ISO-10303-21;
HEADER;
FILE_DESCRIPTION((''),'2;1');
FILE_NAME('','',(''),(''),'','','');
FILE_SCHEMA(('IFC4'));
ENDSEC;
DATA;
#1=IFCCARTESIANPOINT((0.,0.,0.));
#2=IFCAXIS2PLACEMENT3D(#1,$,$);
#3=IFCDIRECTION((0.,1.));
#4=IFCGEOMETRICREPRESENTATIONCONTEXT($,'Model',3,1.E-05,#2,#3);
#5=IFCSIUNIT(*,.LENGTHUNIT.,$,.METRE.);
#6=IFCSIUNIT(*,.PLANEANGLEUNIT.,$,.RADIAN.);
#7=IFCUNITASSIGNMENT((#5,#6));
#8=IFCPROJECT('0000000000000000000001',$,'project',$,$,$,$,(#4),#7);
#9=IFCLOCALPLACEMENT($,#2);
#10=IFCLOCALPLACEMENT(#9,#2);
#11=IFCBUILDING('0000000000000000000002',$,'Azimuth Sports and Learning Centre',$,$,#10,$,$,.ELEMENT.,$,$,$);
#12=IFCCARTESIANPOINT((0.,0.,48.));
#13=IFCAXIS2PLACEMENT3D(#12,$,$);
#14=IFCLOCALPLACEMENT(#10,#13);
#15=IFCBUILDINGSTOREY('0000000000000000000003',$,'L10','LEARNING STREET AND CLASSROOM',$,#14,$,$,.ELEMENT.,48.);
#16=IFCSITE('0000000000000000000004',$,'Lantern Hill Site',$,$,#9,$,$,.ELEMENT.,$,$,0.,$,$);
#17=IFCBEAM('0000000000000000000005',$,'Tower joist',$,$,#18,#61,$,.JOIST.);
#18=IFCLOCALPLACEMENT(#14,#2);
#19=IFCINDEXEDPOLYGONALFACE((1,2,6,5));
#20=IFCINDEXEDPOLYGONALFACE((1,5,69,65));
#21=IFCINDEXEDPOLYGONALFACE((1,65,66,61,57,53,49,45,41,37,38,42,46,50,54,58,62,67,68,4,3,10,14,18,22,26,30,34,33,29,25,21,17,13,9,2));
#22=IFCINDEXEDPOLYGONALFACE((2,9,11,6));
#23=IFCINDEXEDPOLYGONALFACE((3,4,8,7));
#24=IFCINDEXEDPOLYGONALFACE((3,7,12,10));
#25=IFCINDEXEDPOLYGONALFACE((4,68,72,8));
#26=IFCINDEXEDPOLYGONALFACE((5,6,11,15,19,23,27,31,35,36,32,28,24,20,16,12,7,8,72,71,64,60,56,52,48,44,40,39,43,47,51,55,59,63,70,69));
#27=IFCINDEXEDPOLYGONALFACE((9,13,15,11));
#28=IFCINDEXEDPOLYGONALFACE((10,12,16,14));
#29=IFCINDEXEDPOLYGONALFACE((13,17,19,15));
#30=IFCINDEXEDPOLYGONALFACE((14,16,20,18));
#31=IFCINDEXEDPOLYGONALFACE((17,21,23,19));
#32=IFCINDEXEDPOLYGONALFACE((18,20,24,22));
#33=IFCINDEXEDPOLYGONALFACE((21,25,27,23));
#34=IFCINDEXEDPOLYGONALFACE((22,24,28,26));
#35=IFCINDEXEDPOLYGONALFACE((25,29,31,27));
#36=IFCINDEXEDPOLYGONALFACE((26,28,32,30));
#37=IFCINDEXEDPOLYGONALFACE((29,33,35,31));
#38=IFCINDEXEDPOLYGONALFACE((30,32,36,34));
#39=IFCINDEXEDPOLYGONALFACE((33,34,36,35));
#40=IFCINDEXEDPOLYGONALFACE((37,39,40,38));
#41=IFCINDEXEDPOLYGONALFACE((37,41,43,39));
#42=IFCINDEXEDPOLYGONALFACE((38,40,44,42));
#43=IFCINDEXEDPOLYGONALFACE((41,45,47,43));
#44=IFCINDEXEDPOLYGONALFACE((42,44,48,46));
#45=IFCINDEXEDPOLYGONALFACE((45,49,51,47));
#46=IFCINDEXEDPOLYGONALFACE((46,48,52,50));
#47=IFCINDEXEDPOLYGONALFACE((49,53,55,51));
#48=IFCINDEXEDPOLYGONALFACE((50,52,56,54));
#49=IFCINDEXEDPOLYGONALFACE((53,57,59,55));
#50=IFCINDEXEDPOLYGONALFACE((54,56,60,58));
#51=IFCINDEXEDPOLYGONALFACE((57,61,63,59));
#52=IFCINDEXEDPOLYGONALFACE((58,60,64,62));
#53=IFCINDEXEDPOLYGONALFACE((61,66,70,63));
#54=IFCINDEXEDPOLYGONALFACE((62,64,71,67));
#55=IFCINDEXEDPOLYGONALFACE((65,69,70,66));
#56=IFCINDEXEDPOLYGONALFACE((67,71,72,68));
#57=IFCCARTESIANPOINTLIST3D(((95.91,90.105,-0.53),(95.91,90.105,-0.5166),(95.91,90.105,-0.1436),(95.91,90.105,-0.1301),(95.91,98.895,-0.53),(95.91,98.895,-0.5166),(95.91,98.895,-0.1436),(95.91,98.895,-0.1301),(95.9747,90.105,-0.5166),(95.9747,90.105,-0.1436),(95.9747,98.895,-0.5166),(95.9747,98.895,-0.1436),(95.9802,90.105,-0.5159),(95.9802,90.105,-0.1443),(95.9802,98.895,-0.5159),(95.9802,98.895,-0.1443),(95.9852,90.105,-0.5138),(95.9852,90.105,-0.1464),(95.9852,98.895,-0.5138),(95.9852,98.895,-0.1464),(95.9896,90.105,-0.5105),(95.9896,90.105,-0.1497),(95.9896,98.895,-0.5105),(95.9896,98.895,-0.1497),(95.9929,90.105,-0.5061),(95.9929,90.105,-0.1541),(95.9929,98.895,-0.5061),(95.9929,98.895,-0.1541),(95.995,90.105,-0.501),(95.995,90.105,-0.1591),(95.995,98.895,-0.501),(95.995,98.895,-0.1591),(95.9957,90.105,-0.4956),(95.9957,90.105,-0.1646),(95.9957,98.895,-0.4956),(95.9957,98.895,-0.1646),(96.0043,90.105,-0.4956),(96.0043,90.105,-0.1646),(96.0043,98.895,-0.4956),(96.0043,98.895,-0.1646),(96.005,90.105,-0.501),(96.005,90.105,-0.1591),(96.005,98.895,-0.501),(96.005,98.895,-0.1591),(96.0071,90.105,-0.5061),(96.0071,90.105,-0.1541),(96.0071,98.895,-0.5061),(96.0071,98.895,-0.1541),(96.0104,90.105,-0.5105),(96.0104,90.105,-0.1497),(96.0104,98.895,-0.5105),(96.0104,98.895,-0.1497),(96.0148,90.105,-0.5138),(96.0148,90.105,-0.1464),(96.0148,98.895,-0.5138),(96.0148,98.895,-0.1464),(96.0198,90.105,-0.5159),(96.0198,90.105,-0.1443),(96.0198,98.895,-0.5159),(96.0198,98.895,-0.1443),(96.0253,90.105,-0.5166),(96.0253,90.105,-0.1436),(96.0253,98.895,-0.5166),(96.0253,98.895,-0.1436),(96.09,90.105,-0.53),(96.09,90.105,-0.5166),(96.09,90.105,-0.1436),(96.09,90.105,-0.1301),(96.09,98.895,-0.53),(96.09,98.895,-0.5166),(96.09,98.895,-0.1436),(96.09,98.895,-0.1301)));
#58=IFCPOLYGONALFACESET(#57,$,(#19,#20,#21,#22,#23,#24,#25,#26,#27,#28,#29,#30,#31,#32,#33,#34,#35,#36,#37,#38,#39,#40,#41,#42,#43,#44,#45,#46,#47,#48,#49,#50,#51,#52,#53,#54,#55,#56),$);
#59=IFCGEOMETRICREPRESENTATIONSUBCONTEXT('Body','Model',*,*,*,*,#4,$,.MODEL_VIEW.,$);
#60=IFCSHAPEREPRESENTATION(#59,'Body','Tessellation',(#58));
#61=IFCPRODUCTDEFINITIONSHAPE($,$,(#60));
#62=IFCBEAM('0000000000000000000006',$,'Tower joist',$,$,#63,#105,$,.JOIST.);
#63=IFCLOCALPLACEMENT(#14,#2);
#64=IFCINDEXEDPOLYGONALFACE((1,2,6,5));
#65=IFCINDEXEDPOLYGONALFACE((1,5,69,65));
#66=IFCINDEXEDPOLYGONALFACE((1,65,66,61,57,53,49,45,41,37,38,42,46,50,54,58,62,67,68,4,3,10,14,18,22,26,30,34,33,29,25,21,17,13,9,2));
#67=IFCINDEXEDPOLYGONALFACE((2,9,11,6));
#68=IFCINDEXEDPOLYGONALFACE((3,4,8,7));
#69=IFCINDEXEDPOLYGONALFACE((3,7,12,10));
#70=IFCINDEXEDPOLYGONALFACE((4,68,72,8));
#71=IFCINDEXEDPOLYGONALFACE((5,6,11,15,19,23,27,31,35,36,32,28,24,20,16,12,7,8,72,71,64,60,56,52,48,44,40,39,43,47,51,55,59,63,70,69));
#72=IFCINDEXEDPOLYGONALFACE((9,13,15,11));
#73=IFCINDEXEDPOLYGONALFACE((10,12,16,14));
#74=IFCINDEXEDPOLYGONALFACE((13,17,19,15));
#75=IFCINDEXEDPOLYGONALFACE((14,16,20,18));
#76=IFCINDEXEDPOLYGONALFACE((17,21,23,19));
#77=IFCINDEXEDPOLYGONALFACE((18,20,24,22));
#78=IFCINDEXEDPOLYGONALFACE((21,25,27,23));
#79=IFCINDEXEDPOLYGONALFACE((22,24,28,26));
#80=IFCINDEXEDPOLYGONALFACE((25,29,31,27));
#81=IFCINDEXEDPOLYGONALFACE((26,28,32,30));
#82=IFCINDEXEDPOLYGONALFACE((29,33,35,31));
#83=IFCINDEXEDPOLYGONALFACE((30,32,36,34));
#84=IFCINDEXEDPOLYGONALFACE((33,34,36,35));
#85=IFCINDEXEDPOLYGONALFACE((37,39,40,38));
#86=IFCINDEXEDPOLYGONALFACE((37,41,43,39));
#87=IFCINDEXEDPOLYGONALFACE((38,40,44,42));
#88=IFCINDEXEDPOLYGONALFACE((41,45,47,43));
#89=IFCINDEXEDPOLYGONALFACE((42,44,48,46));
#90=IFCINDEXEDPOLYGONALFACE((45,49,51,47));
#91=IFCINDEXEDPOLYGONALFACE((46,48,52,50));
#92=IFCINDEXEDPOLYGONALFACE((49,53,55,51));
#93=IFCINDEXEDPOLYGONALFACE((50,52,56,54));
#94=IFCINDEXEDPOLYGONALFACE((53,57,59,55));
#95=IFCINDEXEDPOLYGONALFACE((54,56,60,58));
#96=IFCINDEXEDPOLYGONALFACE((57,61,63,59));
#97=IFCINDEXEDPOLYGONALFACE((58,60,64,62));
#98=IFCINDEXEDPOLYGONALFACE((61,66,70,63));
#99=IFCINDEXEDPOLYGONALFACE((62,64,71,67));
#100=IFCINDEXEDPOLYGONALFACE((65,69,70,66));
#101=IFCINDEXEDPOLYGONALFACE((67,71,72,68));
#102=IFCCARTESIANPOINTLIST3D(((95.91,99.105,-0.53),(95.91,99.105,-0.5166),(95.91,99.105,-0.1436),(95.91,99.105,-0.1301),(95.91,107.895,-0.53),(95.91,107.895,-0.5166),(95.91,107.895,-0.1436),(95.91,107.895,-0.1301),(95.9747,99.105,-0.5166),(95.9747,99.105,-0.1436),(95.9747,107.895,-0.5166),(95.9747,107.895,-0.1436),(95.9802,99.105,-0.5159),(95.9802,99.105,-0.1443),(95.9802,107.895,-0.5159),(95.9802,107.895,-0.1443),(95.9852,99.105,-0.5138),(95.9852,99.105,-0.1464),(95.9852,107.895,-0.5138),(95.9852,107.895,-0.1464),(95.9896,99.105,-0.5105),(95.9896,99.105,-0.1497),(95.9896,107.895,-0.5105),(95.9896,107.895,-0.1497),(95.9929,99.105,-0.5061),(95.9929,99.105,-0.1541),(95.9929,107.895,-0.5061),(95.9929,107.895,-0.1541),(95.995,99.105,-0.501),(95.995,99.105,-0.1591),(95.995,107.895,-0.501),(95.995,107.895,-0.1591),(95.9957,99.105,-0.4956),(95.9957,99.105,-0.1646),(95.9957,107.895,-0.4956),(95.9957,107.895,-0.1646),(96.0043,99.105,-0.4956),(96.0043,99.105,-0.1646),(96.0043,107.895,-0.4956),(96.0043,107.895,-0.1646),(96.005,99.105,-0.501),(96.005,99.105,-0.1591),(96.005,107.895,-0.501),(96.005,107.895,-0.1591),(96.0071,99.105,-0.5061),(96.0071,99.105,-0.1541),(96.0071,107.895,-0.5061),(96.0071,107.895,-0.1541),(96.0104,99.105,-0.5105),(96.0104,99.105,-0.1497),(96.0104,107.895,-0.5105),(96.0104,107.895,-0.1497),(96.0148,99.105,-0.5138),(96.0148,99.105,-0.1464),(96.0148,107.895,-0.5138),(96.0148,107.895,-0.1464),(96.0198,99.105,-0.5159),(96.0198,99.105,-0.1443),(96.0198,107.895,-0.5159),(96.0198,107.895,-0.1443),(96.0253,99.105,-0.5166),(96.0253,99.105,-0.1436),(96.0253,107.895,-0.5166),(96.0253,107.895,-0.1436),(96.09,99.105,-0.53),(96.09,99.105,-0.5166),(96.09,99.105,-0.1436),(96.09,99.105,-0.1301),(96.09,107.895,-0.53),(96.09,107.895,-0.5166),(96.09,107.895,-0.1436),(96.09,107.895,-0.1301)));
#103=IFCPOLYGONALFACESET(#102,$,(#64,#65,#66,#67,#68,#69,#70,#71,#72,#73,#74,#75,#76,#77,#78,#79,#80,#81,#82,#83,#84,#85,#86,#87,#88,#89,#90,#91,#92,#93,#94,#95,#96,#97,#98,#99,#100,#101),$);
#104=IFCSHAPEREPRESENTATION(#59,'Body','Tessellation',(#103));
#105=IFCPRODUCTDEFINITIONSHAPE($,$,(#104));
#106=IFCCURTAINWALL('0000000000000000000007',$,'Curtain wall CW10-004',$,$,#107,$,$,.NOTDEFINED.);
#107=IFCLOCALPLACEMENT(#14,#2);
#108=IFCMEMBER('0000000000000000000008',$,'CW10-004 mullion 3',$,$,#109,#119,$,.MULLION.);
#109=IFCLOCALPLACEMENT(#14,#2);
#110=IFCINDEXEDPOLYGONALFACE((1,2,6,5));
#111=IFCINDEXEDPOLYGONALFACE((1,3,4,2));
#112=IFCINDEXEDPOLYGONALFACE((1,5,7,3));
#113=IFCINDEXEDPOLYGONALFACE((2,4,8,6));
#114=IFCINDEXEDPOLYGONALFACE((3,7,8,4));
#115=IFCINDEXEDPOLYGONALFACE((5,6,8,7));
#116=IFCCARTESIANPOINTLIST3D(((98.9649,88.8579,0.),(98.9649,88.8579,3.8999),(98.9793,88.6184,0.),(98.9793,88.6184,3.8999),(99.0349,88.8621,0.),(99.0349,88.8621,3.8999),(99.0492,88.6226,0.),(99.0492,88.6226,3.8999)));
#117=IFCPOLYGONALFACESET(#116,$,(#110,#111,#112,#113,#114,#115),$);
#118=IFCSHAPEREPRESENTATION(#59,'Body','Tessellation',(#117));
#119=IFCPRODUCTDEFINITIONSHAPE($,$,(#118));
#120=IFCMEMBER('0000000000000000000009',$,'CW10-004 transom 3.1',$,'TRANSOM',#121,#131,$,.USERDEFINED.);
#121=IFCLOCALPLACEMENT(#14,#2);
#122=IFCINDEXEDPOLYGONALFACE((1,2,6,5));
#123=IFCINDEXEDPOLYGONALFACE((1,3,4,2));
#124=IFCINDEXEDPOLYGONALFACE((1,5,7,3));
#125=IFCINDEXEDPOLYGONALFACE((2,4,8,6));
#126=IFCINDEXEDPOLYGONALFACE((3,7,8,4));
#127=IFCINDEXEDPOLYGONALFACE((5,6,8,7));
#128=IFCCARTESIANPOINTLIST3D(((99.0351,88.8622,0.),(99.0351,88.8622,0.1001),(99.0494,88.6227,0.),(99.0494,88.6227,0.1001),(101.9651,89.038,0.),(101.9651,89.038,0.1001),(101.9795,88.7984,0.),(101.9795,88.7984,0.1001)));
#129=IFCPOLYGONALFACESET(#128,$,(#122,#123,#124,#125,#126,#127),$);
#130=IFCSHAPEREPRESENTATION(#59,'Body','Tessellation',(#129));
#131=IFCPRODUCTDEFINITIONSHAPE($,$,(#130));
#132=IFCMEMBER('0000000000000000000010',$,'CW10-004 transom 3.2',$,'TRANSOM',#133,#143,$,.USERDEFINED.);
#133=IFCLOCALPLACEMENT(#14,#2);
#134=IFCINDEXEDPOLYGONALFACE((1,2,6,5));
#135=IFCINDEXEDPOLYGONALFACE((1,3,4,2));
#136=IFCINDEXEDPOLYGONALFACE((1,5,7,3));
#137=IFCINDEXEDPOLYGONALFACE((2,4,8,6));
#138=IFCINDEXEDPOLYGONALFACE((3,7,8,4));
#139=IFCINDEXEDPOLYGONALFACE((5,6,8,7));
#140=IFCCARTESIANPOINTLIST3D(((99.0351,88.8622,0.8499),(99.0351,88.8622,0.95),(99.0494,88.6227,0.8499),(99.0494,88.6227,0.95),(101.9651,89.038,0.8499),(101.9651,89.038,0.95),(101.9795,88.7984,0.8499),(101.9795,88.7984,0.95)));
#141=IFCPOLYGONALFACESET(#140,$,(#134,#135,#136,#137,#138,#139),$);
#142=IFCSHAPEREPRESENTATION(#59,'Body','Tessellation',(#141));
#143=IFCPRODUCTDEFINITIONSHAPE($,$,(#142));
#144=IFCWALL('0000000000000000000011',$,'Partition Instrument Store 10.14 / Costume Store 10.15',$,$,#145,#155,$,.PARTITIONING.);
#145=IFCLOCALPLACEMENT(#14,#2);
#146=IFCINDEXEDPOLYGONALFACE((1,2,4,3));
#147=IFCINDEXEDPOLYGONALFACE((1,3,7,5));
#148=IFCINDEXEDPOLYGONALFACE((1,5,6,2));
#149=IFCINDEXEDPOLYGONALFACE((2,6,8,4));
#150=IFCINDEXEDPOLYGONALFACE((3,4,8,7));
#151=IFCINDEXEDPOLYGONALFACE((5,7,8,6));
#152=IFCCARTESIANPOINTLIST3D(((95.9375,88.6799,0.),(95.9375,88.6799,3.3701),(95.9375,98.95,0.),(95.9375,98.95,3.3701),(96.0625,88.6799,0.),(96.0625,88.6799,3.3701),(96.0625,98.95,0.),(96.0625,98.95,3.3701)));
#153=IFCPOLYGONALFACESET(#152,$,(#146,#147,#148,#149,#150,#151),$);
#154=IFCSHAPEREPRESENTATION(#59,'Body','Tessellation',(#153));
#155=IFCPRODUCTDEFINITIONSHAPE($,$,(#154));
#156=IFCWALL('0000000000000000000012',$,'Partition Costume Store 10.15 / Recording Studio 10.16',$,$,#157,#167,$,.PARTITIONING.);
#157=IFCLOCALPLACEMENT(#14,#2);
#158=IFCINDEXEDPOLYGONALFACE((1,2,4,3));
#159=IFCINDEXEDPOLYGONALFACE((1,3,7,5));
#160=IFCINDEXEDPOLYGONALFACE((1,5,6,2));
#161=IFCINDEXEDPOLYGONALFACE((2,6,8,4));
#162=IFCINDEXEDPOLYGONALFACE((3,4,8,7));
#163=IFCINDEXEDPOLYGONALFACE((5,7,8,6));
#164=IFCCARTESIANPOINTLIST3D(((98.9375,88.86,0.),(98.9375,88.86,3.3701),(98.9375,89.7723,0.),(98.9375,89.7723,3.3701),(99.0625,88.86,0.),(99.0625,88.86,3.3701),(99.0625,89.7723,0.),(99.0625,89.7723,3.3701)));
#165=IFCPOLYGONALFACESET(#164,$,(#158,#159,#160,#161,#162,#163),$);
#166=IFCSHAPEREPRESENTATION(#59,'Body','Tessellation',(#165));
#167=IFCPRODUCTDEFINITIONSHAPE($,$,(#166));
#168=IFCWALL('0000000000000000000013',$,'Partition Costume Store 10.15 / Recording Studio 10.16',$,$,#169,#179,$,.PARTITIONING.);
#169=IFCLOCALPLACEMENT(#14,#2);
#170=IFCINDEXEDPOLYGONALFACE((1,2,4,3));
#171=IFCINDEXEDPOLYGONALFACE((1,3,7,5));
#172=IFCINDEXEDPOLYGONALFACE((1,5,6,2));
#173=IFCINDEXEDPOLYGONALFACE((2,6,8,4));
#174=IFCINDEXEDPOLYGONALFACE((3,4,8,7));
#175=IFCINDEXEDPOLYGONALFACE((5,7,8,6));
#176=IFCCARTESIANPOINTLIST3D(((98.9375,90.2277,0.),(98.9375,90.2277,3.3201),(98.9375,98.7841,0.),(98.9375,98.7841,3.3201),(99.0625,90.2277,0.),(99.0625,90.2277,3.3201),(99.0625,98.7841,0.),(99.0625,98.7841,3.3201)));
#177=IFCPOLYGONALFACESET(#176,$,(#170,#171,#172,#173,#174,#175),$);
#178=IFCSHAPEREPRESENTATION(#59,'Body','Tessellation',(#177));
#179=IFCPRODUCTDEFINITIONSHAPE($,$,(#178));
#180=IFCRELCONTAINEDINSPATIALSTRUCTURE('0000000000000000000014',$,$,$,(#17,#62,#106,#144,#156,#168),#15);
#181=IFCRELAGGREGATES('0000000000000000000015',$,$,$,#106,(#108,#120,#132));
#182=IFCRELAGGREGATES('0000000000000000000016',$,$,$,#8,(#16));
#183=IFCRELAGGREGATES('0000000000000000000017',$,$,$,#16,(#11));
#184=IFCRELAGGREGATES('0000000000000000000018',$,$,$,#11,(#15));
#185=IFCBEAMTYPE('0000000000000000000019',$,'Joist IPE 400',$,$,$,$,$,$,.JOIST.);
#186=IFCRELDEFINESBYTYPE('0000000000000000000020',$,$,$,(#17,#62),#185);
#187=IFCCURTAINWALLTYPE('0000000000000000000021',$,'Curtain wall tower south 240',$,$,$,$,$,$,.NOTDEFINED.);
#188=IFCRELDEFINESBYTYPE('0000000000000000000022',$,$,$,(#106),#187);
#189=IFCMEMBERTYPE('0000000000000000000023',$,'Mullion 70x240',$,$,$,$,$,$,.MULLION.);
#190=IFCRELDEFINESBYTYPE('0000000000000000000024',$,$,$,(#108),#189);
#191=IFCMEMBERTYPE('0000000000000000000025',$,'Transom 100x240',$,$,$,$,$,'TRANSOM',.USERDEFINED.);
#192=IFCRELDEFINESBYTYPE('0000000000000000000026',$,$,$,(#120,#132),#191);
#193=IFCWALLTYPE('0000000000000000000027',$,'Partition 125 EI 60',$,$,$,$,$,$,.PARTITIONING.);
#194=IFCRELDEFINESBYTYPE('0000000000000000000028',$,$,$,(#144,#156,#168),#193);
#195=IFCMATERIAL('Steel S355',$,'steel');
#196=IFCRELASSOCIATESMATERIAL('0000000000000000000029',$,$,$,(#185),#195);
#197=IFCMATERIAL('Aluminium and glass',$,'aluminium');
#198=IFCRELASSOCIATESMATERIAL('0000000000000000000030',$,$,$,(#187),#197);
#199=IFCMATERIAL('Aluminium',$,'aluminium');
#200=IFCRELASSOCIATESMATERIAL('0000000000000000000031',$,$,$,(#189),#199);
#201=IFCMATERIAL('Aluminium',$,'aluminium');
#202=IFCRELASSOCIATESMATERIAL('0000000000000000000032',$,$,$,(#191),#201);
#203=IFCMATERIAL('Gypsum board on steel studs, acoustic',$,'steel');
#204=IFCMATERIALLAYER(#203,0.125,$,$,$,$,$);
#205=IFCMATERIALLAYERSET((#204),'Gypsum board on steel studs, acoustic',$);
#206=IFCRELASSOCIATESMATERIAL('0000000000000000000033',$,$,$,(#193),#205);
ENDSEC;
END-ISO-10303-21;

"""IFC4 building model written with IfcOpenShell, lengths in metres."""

from ifc_helpers import new_model, si_unit, direction, frame, frame_2d, origin, origin_2d, place, context, subcontext, project, spatial, rectangle, i_section, extrude, material, layer, layer_set, material_profile, profile_set, type_object, element, aggregate, save


model = new_model("IFC4")

# Units and contexts
model_context = context("Model", 3, precision=1e-05, world=origin(), true_north=direction((0.0, 1.0)))
body_context = subcontext(model_context, "Body", "Model", "MODEL_VIEW")
ifc_project = project(units=[si_unit("LENGTHUNIT", "METRE"), si_unit("PLANEANGLEUNIT", "RADIAN")], contexts=[model_context])

# Site, building, storey
site_placement = place(None, origin())
site = spatial("IfcSite", under=ifc_project, at=site_placement, Name="Lantern Hill Site", CompositionType="ELEMENT", RefElevation=0.0)
building_placement = place(site_placement, origin())
building = spatial("IfcBuilding", under=site, at=building_placement, Name="Azimuth Sports and Learning Centre", CompositionType="ELEMENT")
storey_placement = place(building_placement, frame((0.0, 0.0, 48.0)))
storey = spatial("IfcBuildingStorey", under=building, at=storey_placement, Name="L10", Description="LEARNING STREET AND CLASSROOM", CompositionType="ELEMENT", Elevation=48.0)

# Beams
ifc_material_1 = material(Name="Steel S355", Category="steel")
ifc_material_profile_1 = material_profile(ifc_material_1, i_section(OverallWidth=0.1799, OverallDepth=0.3999, WebThickness=0.0085, FlangeThickness=0.0134, FilletRadius=0.021, at=origin_2d()), Name="IPE 400")
ifc_profile_set_1 = profile_set([ifc_material_profile_1], Name="Steel S355")
beam_type_1 = type_object("IfcBeamType", Name="Joist IPE 400", PredefinedType="JOIST", material=ifc_profile_set_1)
for number, where, z_axis, x_axis, name in (
    (1, (96.0, 90.105, -0.3301), (0.0, 1.0, 0.0), (-1.0, 0.0, 0.0), "Tower joist"),
    (2, (96.0, 99.105, -0.3301), (0.0, 1.0, 0.0), (-1.0, 0.0, 0.0), "Tower joist"),
):
    element("IfcBeam", number, at=place(storey_placement, frame(where, z_axis=z_axis, x_axis=x_axis)), inside=storey, type_object=beam_type_1, Name=name, PredefinedType="JOIST", context=body_context, shape_type="SweptSolid", body=[
        extrude(i_section(OverallWidth=0.1799, OverallDepth=0.3999, WebThickness=0.0085, FlangeThickness=0.0134, FilletRadius=0.021, at=origin_2d()), origin(), (0.0, 0.0, 1.0), 8.79),
    ])

# Curtain wall, members
ifc_material_2 = material(Name="Aluminium and glass", Category="aluminium")
curtain_wall_type = type_object("IfcCurtainWallType", Name="Curtain wall tower south 240", PredefinedType="NOTDEFINED", material=ifc_material_2)
curtain_wall_placement = place(storey_placement, origin())
curtain_wall = element("IfcCurtainWall", 3, at=curtain_wall_placement, inside=storey, type_object=curtain_wall_type, Name="Curtain wall CW10-004", PredefinedType="NOTDEFINED")
ifc_material_3 = material(Name="Aluminium", Category="aluminium")
ifc_material_profile_2 = material_profile(ifc_material_3, rectangle(XDim=0.24, YDim=0.0701, at=origin_2d()), Name="Mullion 70x240")
ifc_profile_set_2 = profile_set([ifc_material_profile_2], Name="Aluminium")
member_type_1 = type_object("IfcMemberType", Name="Mullion 70x240", PredefinedType="MULLION", material=ifc_profile_set_2)
member_1_placement = place(storey_placement, frame((99.0071, 88.7402, 0.0), z_axis=(0.0, 0.0, 1.0), x_axis=(-0.059892, 0.998205, 0.0)))
member_1 = element("IfcMember", 4, at=member_1_placement, type_object=member_type_1, Name="CW10-004 mullion 3", PredefinedType="MULLION", context=body_context, shape_type="SweptSolid", body=[
    extrude(rectangle(XDim=0.24, YDim=0.0701, at=origin_2d()), origin(), (0.0, 0.0, 1.0), 3.8999),
])
ifc_material_4 = material(Name="Aluminium", Category="aluminium")
ifc_material_profile_3 = material_profile(ifc_material_4, rectangle(XDim=0.24, YDim=0.1001, at=origin_2d()), Name="Transom 100x240")
ifc_profile_set_3 = profile_set([ifc_material_profile_3], Name="Aluminium")
member_type_2 = type_object("IfcMemberType", Name="Transom 100x240", ElementType="TRANSOM", PredefinedType="USERDEFINED", material=ifc_profile_set_3)
member_2_placement = place(storey_placement, frame((99.0422, 88.7424, 0.05), z_axis=(0.998205, 0.059887, 0.0), x_axis=(-0.059887, 0.998205, 0.0)))
member_2 = element("IfcMember", 5, at=member_2_placement, type_object=member_type_2, Name="CW10-004 transom 3.1", ObjectType="TRANSOM", PredefinedType="USERDEFINED", context=body_context, shape_type="SweptSolid", body=[
    extrude(rectangle(XDim=0.24, YDim=0.1001, at=origin_2d()), origin(), (0.0, 0.0, 1.0), 2.9353),
])
member_3_placement = place(storey_placement, frame((99.0422, 88.7424, 0.8999), z_axis=(0.998205, 0.059887, 0.0), x_axis=(-0.059887, 0.998205, 0.0)))
member_3 = element("IfcMember", 6, at=member_3_placement, type_object=member_type_2, Name="CW10-004 transom 3.2", ObjectType="TRANSOM", PredefinedType="USERDEFINED", context=body_context, shape_type="SweptSolid", body=[
    extrude(rectangle(XDim=0.24, YDim=0.1001, at=origin_2d()), origin(), (0.0, 0.0, 1.0), 2.9353),
])
aggregate(curtain_wall, [member_1, member_2, member_3])

# Walls
ifc_material_5 = material(Name="Gypsum board on steel studs, acoustic", Category="steel")
ifc_layer = layer(ifc_material_5, 0.125)
ifc_layer_set = layer_set([ifc_layer], Name="Gypsum board on steel studs, acoustic")
wall_type = type_object("IfcWallType", Name="Partition 125 EI 60", PredefinedType="PARTITIONING", material=ifc_layer_set)
wall_1_placement = place(storey_placement, frame((96.0, 88.6799, 0.0), z_axis=(0.0, 0.0, 1.0), x_axis=(0.0, 1.0, 0.0)))
element("IfcWall", 7, at=wall_1_placement, inside=storey, type_object=wall_type, Name="Partition Instrument Store 10.14 / Costume Store 10.15", PredefinedType="PARTITIONING", context=body_context, shape_type="SweptSolid", body=[
    extrude(rectangle(XDim=10.27, YDim=0.125, at=frame_2d((5.135, 0.0))), origin(), (0.0, 0.0, 1.0), 3.3701),
])
wall_2_placement = place(storey_placement, frame((99.0, 88.8601, 0.0), z_axis=(0.0, 0.0, 1.0), x_axis=(0.0, 1.0, 0.0)))
element("IfcWall", 8, at=wall_2_placement, inside=storey, type_object=wall_type, Name="Partition Costume Store 10.15 / Recording Studio 10.16", PredefinedType="PARTITIONING", context=body_context, shape_type="SweptSolid", body=[
    extrude(rectangle(XDim=0.9124, YDim=0.125, at=frame_2d((0.4561, 0.0))), origin(), (0.0, 0.0, 1.0), 3.3701),
])
wall_3_placement = place(storey_placement, frame((99.0, 90.2275, 0.0), z_axis=(0.0, 0.0, 1.0), x_axis=(0.0, 1.0, 0.0)))
element("IfcWall", 9, at=wall_3_placement, inside=storey, type_object=wall_type, Name="Partition Costume Store 10.15 / Recording Studio 10.16", PredefinedType="PARTITIONING", context=body_context, shape_type="SweptSolid", body=[
    extrude(rectangle(XDim=8.5564, YDim=0.125, at=frame_2d((4.2783, 0.0))), origin(), (0.0, 0.0, 1.0), 3.3201),
])

save(model, "model.ifc")
